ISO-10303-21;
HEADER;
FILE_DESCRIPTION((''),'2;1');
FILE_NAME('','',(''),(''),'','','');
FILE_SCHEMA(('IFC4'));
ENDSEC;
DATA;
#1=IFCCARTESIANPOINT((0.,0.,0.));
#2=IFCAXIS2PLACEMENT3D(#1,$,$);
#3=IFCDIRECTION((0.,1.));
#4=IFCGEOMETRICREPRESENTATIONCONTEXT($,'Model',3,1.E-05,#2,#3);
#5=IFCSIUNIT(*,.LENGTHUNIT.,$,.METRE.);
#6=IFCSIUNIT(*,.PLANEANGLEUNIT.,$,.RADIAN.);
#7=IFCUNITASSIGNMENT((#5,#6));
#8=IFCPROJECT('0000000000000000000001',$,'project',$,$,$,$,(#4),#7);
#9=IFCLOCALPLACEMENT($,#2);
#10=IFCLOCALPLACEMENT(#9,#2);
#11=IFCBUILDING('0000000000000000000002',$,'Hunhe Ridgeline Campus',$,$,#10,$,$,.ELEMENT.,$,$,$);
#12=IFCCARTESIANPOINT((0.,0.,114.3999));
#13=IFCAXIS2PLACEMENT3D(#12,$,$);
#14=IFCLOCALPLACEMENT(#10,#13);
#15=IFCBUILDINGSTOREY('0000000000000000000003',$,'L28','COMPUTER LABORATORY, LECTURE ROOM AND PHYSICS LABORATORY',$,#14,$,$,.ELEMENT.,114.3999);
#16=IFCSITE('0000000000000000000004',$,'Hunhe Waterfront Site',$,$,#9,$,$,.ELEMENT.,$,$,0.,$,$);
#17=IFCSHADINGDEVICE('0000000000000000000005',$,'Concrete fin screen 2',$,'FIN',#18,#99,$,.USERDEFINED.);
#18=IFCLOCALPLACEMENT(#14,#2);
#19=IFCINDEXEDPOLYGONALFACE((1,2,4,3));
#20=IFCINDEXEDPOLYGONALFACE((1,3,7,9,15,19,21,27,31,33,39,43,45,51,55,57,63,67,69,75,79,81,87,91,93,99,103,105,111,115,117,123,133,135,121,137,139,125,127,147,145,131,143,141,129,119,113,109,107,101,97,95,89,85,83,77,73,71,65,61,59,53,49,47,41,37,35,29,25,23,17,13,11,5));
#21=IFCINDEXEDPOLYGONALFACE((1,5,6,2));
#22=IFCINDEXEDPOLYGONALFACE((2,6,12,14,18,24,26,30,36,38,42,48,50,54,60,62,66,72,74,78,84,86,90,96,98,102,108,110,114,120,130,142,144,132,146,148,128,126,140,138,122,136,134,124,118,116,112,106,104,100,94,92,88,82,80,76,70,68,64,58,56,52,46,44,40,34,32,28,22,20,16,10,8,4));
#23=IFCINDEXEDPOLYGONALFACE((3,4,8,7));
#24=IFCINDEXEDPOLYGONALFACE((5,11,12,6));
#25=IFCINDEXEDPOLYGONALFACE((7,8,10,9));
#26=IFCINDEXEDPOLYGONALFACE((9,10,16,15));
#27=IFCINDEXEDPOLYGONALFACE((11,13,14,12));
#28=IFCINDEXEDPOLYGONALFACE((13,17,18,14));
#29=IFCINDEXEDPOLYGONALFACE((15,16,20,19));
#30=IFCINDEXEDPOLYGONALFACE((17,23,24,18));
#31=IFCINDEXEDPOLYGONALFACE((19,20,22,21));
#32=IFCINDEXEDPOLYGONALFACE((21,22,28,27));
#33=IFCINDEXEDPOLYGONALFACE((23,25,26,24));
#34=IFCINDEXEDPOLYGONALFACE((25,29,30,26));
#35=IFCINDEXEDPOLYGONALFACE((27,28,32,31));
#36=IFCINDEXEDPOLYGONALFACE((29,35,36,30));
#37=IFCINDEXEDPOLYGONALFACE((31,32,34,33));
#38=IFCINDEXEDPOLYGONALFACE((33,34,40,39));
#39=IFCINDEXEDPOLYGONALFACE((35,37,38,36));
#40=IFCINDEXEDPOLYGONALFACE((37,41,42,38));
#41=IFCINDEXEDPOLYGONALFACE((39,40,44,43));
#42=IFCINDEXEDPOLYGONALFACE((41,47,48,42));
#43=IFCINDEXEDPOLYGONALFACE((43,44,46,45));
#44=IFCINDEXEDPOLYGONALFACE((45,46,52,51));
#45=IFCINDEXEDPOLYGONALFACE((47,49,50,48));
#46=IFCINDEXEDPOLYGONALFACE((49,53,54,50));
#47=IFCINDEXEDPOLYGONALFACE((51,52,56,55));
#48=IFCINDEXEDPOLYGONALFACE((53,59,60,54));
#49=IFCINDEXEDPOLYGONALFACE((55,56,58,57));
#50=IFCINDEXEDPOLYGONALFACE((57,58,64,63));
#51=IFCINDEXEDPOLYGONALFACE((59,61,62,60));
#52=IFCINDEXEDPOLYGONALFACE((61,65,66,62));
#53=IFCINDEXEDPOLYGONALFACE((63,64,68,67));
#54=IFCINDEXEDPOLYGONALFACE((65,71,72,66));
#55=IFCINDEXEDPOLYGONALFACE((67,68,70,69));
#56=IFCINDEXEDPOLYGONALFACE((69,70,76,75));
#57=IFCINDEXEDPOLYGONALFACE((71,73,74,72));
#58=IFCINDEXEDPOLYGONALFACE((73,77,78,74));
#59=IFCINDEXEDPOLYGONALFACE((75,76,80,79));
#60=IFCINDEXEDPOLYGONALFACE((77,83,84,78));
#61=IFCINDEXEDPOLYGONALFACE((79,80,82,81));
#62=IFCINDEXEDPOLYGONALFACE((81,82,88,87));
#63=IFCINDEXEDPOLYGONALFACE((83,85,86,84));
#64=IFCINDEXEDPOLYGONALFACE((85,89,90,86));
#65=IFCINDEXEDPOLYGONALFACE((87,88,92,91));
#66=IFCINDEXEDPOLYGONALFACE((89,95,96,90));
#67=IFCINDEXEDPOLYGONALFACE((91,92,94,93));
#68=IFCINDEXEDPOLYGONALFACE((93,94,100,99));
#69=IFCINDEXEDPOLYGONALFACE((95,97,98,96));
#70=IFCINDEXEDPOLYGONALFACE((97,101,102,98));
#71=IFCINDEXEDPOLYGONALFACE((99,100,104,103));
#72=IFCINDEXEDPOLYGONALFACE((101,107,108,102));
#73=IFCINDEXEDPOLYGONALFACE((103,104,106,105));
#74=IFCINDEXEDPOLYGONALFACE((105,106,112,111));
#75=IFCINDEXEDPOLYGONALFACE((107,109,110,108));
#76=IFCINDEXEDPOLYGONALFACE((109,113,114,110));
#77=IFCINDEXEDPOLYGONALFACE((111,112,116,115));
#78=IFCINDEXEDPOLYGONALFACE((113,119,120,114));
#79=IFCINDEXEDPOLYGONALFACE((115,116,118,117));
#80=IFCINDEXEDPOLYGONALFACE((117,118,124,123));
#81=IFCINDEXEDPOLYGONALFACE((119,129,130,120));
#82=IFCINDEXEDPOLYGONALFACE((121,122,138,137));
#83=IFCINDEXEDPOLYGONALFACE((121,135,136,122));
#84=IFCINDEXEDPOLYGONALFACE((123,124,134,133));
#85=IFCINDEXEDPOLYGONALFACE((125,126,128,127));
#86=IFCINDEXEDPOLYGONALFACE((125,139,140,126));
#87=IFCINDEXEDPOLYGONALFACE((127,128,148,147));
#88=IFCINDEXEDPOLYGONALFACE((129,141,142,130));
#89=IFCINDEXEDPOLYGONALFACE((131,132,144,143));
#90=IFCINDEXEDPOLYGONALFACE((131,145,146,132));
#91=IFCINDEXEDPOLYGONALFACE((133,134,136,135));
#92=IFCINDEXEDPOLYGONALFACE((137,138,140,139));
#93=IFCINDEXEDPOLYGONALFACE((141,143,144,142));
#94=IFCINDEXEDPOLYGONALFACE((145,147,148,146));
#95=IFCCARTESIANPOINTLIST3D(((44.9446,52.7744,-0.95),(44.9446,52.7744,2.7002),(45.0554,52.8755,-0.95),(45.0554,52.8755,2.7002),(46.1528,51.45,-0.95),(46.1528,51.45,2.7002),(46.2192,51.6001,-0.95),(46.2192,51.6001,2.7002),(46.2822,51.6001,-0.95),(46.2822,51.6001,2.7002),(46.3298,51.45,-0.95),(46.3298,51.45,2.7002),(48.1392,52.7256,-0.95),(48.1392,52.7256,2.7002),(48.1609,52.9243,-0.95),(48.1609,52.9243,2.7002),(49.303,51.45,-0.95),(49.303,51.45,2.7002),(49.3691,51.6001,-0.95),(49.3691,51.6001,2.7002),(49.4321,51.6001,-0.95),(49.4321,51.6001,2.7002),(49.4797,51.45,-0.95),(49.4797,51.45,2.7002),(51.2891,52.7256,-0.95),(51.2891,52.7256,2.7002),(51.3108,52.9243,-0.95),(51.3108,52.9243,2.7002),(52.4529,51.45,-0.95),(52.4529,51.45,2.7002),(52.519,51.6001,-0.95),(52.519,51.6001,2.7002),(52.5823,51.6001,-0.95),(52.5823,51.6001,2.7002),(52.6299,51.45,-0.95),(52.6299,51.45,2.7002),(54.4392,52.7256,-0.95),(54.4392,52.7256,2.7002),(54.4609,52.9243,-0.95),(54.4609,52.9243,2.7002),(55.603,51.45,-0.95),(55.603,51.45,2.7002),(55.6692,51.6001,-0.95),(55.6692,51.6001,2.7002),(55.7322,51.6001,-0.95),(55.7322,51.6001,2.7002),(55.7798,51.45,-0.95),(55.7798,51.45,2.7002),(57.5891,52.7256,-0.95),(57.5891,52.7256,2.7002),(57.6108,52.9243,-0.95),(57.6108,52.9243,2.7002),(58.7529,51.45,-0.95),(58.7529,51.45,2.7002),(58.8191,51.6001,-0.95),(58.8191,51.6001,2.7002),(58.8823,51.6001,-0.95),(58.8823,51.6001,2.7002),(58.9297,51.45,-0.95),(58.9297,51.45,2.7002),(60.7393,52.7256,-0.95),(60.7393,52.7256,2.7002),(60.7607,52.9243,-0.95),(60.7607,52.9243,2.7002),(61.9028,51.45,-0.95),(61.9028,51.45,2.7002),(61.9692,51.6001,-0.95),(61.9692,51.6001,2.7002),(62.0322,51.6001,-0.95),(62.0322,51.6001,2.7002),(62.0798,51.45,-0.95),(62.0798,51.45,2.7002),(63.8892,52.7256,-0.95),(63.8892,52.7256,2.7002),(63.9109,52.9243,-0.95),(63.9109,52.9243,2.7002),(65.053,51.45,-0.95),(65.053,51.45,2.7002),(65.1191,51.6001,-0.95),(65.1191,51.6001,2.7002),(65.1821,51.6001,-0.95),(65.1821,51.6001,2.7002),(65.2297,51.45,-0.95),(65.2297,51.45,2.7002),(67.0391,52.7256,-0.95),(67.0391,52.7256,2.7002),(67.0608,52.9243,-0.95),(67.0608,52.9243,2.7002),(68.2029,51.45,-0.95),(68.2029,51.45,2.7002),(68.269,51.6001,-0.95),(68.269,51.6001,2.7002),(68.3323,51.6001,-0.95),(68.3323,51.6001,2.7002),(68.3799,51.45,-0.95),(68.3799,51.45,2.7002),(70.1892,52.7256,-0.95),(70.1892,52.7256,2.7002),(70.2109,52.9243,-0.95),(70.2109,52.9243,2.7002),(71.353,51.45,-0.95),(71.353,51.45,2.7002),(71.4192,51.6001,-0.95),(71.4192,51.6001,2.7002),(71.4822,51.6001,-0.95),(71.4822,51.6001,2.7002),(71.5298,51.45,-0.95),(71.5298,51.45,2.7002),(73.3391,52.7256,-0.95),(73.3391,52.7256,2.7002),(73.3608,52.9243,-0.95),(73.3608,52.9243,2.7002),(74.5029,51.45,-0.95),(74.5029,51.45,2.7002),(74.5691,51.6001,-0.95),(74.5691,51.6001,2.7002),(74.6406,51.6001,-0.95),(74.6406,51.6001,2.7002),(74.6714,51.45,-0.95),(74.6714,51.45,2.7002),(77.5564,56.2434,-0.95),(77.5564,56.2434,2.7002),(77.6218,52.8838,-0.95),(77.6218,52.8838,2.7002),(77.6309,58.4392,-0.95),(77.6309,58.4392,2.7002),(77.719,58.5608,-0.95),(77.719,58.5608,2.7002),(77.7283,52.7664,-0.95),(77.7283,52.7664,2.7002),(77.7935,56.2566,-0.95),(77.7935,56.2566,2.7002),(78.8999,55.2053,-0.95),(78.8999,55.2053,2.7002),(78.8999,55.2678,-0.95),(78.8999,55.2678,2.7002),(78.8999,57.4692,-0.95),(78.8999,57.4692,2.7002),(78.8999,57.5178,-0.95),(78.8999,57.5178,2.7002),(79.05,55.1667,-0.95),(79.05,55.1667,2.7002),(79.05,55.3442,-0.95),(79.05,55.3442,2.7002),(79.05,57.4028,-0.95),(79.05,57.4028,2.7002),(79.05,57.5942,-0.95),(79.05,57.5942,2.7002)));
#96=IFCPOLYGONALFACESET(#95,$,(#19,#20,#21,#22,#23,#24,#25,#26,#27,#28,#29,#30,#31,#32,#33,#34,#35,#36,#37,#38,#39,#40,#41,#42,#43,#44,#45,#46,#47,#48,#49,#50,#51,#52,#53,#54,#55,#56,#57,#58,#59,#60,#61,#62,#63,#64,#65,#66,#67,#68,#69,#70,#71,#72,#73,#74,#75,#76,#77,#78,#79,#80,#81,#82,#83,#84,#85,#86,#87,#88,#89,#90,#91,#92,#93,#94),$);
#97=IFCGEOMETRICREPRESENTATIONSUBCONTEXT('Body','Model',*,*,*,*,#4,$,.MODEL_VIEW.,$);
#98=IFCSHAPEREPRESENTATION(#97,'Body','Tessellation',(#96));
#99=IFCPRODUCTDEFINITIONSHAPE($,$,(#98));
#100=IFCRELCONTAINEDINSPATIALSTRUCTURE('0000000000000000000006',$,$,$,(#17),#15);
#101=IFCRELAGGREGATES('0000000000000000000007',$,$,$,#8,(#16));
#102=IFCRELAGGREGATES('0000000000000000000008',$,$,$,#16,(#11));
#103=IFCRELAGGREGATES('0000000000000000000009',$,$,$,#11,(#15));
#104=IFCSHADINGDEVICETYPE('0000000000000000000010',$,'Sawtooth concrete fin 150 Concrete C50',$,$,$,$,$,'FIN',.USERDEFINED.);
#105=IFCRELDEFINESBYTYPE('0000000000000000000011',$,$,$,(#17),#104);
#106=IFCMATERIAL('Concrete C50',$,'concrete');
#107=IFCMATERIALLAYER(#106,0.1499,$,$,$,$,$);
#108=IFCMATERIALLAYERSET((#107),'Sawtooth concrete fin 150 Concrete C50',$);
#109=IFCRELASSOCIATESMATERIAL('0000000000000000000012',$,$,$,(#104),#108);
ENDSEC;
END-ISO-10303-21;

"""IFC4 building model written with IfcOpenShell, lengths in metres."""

from ifc_helpers import new_model, si_unit, direction, frame, origin, place, context, subcontext, project, spatial, polyline, outline, extrude, material, layer, layer_set, type_object, element, save


model = new_model("IFC4")

# Units and contexts
model_context = context("Model", 3, precision=1e-05, world=origin(), true_north=direction((0.0, 1.0)))
body_context = subcontext(model_context, "Body", "Model", "MODEL_VIEW")
ifc_project = project(units=[si_unit("LENGTHUNIT", "METRE"), si_unit("PLANEANGLEUNIT", "RADIAN")], contexts=[model_context])

# Site, building, storey
site_placement = place(None, origin())
site = spatial("IfcSite", under=ifc_project, at=site_placement, Name="Hunhe Waterfront Site", CompositionType="ELEMENT", RefElevation=0.0)
building_placement = place(site_placement, origin())
building = spatial("IfcBuilding", under=site, at=building_placement, Name="Hunhe Ridgeline Campus", CompositionType="ELEMENT")
storey_placement = place(building_placement, frame((0.0, 0.0, 114.3999)))
storey = spatial("IfcBuildingStorey", under=building, at=storey_placement, Name="L28", Description="COMPUTER LABORATORY, LECTURE ROOM AND PHYSICS LABORATORY", CompositionType="ELEMENT", Elevation=114.3999)

# Shading device
ifc_material_1 = material(Name="Concrete C50", Category="concrete")
ifc_layer_1 = layer(ifc_material_1, 0.1499)
ifc_layer_set_1 = layer_set([ifc_layer_1], Name="Sawtooth concrete fin 150 Concrete C50")
shading_device_type = type_object("IfcShadingDeviceType", Name="Sawtooth concrete fin 150 Concrete C50", ElementType="FIN", PredefinedType="USERDEFINED", material=ifc_layer_set_1)
shading_device_1_placement = place(storey_placement, frame((0.0, 0.0, -0.95)))
element("IfcShadingDevice", 1, at=shading_device_1_placement, inside=storey, type_object=shading_device_type, Name="Concrete fin screen 2", ObjectType="FIN", PredefinedType="USERDEFINED", context=body_context, shape_type="SweptSolid", body=[
    extrude(outline(polyline([(45.0554, 52.8755), (44.9446, 52.7744), (46.1528, 51.45), (46.3298, 51.45), (48.1392, 52.7256), (49.303, 51.45), (49.4797, 51.45), (51.2891, 52.7256), (52.4529, 51.45), (52.6299, 51.45), (54.4392, 52.7256), (55.603, 51.45), (55.7798, 51.45), (57.5891, 52.7256), (58.7529, 51.45), (58.9297, 51.45), (60.7393, 52.7256), (61.9028, 51.45), (62.0798, 51.45), (63.8892, 52.7256), (65.053, 51.45), (65.2297, 51.45), (67.0391, 52.7256), (68.2029, 51.45), (68.3799, 51.45), (70.1892, 52.7256), (71.353, 51.45), (71.5298, 51.45), (73.3391, 52.7256), (74.5029, 51.45), (74.6714, 51.45), (77.7283, 52.7664), (79.05, 55.1667), (79.05, 55.3442), (77.7935, 56.2566), (79.05, 57.4028), (79.05, 57.5942), (77.719, 58.5608), (77.6309, 58.4392), (78.8999, 57.5178), (78.8999, 57.4692), (77.5564, 56.2434), (78.8999, 55.2678), (78.8999, 55.2053), (77.6218, 52.8838), (74.6406, 51.6001), (74.5691, 51.6001), (73.3608, 52.9243), (71.4822, 51.6001), (71.4192, 51.6001), (70.2109, 52.9243), (68.3323, 51.6001), (68.269, 51.6001), (67.0608, 52.9243), (65.1821, 51.6001), (65.1191, 51.6001), (63.9109, 52.9243), (62.0322, 51.6001), (61.9692, 51.6001), (60.7607, 52.9243), (58.8823, 51.6001), (58.8191, 51.6001), (57.6108, 52.9243), (55.7322, 51.6001), (55.6692, 51.6001), (54.4609, 52.9243), (52.5823, 51.6001), (52.519, 51.6001), (51.3108, 52.9243), (49.4321, 51.6001), (49.3691, 51.6001), (48.1609, 52.9243), (46.2822, 51.6001), (46.2192, 51.6001), (45.0554, 52.8755)])), origin(), (0.0, 0.0, 1.0), 3.6501),
])

save(model, "model.ifc")
